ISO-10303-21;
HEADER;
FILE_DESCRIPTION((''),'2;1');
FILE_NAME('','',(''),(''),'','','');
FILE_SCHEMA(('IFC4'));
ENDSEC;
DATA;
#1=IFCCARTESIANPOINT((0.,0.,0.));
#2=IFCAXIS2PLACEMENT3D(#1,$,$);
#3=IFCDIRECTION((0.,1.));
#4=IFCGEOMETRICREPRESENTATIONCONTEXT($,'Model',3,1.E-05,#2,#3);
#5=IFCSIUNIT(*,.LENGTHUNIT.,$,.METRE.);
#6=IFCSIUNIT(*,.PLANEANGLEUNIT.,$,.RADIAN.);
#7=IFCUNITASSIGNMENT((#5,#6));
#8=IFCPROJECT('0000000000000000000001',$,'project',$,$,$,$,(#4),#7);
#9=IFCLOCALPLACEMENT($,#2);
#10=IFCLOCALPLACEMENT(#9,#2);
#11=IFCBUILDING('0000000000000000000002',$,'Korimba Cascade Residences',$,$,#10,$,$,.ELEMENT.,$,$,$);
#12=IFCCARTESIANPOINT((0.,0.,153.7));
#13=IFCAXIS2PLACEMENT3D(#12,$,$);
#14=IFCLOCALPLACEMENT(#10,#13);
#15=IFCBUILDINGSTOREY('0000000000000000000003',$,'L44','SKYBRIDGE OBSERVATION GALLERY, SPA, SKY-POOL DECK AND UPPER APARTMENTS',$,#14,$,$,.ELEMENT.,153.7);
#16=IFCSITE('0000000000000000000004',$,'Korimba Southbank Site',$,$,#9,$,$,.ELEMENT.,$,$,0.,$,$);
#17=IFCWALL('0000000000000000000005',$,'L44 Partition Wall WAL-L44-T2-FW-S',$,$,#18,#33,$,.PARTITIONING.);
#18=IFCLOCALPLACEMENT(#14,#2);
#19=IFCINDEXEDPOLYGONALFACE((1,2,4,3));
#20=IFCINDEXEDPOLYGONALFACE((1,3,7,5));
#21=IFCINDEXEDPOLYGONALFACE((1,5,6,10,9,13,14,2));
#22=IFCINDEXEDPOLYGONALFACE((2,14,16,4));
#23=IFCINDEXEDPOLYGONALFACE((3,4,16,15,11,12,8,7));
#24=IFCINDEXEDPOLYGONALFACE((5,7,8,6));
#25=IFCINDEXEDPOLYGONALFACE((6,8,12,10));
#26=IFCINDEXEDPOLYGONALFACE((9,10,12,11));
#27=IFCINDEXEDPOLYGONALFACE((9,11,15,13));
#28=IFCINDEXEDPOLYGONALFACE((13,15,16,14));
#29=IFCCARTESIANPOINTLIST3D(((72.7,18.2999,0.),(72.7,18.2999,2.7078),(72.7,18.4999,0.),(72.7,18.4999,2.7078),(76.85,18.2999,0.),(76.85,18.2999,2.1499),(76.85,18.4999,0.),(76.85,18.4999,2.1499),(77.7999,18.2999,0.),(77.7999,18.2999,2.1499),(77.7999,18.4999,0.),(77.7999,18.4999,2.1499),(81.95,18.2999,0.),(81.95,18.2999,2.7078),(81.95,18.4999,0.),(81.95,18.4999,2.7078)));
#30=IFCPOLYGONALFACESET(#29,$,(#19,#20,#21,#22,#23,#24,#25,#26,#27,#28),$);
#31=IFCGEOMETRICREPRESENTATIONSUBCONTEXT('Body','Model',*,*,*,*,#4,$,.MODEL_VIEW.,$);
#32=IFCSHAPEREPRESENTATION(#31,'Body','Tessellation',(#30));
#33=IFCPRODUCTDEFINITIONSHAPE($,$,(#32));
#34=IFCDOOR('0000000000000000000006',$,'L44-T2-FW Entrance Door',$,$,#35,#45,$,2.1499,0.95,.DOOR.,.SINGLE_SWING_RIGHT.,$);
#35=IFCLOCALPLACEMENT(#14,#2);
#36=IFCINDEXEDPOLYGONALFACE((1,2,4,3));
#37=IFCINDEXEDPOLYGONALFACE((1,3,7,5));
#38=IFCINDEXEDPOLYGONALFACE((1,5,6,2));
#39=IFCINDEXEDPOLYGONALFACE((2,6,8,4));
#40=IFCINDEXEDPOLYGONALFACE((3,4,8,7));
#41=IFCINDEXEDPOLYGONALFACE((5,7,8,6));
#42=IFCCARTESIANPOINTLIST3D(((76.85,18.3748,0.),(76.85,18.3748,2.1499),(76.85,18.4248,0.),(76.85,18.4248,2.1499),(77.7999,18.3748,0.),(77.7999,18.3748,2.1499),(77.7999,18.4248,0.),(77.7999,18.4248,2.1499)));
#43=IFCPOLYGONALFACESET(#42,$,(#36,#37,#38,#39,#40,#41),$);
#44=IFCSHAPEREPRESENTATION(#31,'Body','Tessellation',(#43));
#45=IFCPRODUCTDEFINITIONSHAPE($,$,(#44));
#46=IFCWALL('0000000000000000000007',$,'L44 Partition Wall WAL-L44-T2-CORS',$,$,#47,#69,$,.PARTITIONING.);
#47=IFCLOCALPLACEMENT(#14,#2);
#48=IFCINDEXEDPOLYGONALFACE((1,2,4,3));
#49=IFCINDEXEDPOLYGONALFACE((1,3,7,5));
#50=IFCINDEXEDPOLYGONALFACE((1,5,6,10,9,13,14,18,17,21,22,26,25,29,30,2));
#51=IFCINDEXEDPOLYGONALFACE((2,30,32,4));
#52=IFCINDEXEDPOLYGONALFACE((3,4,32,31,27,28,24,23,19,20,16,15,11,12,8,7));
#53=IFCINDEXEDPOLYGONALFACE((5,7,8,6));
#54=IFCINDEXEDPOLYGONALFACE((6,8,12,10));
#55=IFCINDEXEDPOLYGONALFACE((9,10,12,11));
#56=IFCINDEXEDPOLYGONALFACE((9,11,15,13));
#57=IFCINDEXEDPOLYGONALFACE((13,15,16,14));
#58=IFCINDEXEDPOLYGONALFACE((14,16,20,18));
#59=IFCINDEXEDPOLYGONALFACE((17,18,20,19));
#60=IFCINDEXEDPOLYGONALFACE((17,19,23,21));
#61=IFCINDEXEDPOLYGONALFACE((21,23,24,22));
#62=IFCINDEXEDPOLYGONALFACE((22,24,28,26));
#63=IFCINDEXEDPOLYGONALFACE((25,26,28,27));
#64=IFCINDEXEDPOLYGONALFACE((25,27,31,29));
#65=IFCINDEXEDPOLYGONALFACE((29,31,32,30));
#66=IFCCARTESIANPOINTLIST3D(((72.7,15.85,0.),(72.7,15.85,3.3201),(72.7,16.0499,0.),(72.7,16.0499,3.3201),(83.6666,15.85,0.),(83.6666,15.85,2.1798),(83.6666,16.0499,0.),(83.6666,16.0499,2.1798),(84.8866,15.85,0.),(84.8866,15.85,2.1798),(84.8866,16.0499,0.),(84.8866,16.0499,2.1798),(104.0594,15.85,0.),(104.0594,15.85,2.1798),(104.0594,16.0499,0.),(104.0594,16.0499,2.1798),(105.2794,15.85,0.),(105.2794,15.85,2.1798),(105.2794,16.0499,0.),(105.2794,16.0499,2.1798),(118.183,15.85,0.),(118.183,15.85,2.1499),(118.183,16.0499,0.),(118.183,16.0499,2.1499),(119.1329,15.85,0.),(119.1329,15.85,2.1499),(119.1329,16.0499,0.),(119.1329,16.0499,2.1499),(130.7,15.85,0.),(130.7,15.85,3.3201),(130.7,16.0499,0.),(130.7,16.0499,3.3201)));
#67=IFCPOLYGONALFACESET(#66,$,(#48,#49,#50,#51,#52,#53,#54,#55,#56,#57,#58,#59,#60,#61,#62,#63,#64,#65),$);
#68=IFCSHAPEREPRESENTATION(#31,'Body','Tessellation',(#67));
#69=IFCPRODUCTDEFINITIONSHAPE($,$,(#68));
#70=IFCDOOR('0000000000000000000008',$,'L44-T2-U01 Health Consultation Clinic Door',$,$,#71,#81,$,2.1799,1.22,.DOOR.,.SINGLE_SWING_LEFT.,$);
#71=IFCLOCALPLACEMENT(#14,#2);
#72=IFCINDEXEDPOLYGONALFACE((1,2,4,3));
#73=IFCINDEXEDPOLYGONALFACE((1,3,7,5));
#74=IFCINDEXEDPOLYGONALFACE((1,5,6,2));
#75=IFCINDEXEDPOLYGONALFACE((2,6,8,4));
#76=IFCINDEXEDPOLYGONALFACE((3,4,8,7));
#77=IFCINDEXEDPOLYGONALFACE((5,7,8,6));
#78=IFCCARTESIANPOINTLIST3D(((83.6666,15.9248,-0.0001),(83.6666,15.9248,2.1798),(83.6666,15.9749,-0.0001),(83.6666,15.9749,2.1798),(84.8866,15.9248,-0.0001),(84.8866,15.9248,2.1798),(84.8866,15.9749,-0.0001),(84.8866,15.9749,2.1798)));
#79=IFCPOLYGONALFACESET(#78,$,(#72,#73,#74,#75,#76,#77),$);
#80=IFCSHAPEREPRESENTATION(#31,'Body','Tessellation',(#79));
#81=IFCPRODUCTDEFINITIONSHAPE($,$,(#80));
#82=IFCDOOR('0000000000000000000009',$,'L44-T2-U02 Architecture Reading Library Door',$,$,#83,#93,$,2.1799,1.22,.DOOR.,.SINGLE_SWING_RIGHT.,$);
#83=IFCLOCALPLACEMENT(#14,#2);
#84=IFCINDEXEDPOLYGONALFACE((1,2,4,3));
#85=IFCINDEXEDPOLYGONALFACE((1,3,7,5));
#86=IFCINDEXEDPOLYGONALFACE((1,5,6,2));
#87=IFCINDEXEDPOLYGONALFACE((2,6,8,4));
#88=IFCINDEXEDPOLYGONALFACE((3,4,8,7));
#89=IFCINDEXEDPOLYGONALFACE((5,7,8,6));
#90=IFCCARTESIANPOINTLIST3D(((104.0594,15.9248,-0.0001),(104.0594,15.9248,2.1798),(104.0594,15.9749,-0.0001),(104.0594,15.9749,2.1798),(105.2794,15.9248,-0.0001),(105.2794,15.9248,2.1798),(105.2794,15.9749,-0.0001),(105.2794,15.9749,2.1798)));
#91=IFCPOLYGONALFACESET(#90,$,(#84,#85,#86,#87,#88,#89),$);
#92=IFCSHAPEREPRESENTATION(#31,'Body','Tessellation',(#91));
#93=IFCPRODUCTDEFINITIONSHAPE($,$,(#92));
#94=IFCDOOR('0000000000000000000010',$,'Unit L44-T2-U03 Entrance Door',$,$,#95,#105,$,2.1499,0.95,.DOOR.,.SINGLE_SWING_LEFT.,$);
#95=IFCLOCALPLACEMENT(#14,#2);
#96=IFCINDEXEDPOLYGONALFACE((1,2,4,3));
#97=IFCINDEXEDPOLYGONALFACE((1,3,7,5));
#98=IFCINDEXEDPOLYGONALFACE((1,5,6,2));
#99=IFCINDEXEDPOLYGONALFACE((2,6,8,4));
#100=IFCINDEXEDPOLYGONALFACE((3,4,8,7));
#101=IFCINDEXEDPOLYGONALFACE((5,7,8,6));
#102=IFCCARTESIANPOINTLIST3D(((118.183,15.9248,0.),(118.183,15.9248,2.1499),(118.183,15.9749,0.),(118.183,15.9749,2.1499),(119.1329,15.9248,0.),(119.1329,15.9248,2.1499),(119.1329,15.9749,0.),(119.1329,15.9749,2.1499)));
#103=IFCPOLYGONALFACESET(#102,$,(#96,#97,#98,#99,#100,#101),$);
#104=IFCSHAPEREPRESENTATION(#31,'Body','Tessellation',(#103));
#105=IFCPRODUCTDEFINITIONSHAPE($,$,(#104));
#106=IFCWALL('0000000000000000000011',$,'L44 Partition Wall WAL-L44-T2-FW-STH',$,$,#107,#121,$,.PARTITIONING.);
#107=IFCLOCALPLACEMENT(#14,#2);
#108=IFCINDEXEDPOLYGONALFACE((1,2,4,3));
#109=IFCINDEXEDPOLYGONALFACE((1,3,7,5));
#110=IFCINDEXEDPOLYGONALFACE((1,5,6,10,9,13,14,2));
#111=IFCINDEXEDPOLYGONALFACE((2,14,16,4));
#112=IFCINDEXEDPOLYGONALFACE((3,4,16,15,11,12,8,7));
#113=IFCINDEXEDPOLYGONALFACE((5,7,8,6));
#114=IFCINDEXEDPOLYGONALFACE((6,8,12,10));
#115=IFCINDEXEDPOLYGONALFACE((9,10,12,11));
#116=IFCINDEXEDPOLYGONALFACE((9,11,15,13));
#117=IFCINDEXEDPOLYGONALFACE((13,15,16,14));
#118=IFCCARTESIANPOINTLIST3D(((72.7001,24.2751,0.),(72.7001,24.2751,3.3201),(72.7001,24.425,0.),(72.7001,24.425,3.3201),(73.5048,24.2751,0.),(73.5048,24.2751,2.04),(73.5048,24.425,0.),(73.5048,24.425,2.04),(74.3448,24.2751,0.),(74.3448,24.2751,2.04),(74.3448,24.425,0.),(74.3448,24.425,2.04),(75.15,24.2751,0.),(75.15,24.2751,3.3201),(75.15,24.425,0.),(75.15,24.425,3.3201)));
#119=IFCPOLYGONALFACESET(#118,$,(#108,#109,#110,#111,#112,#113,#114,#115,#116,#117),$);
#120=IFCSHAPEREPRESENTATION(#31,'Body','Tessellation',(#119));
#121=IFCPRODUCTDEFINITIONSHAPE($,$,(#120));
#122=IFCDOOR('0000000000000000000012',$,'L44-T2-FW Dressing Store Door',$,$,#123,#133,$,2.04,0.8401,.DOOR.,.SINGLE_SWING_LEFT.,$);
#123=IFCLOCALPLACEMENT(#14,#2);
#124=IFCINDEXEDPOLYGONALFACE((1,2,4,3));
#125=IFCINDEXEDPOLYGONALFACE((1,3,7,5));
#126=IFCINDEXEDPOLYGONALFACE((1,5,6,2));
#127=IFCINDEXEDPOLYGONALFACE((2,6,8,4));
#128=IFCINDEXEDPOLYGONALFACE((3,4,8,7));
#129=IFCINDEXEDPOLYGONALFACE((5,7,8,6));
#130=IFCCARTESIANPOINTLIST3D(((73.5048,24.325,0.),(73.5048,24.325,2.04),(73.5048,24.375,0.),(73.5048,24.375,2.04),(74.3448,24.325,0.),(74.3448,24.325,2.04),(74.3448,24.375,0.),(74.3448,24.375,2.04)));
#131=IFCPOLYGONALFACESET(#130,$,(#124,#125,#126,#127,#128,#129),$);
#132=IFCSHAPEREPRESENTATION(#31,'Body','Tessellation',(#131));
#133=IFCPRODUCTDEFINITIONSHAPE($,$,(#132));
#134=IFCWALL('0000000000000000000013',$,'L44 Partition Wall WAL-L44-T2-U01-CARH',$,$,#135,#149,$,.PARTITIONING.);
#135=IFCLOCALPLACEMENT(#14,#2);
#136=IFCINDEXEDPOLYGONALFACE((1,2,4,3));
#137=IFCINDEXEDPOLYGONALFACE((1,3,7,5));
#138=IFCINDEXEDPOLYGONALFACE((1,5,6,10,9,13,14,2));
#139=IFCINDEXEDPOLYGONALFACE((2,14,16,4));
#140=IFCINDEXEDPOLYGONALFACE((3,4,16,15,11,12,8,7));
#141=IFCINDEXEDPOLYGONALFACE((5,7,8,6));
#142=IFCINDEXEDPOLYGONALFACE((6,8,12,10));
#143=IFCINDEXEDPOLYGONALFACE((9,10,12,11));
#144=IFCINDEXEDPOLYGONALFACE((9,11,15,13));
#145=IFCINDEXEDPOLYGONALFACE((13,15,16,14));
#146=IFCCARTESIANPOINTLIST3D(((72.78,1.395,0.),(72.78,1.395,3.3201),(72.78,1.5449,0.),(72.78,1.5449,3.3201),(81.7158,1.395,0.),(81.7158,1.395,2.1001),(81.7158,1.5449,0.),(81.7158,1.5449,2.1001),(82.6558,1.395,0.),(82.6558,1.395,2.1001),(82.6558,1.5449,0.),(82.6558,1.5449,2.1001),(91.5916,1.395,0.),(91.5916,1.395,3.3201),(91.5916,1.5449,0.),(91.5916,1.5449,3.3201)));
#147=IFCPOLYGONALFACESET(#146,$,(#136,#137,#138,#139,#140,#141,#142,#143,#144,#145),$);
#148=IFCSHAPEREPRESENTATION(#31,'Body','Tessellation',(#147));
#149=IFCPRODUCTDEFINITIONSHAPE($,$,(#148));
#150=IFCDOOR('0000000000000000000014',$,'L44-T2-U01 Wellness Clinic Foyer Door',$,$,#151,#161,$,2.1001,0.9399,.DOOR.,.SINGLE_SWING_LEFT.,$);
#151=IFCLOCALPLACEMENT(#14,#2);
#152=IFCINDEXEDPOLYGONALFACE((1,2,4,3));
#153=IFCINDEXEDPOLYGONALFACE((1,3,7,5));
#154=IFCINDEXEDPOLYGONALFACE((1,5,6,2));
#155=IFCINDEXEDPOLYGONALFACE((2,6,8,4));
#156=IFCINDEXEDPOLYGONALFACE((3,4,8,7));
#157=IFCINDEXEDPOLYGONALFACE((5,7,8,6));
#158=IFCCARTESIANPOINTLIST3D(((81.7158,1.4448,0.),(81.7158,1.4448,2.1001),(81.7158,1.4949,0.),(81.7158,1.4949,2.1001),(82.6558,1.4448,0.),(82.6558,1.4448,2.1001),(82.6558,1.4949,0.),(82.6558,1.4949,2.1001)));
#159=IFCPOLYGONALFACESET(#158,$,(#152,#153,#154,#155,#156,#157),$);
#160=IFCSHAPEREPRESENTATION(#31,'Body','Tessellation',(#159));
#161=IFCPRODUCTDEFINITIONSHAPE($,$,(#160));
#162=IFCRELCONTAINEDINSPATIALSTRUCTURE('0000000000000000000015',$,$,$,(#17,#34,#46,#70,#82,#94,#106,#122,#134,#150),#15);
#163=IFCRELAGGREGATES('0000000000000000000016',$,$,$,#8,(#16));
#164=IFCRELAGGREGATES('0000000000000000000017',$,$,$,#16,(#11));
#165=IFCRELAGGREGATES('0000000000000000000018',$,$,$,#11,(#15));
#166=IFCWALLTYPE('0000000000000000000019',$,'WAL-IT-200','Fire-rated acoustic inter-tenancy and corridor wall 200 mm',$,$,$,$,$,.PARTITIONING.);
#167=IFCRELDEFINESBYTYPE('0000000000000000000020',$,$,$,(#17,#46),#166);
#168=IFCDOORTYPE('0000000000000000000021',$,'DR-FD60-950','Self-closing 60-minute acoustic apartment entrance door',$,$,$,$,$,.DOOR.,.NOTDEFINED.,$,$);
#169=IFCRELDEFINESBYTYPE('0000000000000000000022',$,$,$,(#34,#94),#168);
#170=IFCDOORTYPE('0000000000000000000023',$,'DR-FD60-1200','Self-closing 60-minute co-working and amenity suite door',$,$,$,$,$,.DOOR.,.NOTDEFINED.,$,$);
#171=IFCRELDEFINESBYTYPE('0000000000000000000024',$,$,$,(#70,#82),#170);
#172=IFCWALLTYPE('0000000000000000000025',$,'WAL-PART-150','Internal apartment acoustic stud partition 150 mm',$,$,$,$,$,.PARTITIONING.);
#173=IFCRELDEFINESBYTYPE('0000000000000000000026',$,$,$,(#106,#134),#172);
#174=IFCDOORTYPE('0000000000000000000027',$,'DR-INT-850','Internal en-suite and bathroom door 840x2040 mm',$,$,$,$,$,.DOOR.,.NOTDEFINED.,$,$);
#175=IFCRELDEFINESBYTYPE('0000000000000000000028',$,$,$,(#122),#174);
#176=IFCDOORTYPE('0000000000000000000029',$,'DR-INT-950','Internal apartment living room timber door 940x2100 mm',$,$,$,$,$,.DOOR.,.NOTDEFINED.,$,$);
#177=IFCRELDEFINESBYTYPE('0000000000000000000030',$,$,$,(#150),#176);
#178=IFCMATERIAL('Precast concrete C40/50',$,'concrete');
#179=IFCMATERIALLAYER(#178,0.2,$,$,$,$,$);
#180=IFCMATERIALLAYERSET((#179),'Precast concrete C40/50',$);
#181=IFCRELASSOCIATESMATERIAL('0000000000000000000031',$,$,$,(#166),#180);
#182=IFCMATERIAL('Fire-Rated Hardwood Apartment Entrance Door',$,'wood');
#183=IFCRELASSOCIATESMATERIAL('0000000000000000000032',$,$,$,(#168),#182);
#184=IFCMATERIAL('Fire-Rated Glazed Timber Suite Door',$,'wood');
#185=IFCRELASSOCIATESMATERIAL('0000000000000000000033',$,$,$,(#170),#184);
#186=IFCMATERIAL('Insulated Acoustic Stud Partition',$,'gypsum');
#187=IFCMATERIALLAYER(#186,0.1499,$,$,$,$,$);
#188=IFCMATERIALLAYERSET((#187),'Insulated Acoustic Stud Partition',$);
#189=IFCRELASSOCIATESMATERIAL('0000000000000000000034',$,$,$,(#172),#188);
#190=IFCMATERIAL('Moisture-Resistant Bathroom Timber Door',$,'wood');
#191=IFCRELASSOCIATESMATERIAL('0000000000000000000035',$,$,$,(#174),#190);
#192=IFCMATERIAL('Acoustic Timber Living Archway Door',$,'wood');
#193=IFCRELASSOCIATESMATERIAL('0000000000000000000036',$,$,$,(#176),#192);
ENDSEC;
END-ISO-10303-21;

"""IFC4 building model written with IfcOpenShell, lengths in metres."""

from ifc_helpers import new_model, si_unit, direction, frame, frame_2d, origin, place, context, subcontext, project, spatial, rectangle, extrude, material, layer, layer_set, type_object, element, fill, save


model = new_model("IFC4")

# Units and contexts
model_context = context("Model", 3, precision=1e-05, world=origin(), true_north=direction((0.0, 1.0)))
body_context = subcontext(model_context, "Body", "Model", "MODEL_VIEW")
ifc_project = project(units=[si_unit("LENGTHUNIT", "METRE"), si_unit("PLANEANGLEUNIT", "RADIAN")], contexts=[model_context])

# Site, building, storey
site_placement = place(None, origin())
site = spatial("IfcSite", under=ifc_project, at=site_placement, Name="Korimba Southbank Site", CompositionType="ELEMENT", RefElevation=0.0)
building_placement = place(site_placement, origin())
building = spatial("IfcBuilding", under=site, at=building_placement, Name="Korimba Cascade Residences", CompositionType="ELEMENT")
storey_placement = place(building_placement, frame((0.0, 0.0, 153.7)))
storey = spatial("IfcBuildingStorey", under=building, at=storey_placement, Name="L44", Description="SKYBRIDGE OBSERVATION GALLERY, SPA, SKY-POOL DECK AND UPPER APARTMENTS", CompositionType="ELEMENT", Elevation=153.7)

# Shared definitions
ifc_material_1 = material(Name="Precast concrete C40/50", Category="concrete")
ifc_layer_1 = layer(ifc_material_1, 0.2)
ifc_layer_set_1 = layer_set([ifc_layer_1], Name="Precast concrete C40/50")
wall_type_1 = type_object("IfcWallType", Name="WAL-IT-200", Description="Fire-rated acoustic inter-tenancy and corridor wall 200 mm", PredefinedType="PARTITIONING", material=ifc_layer_set_1)

# Wall, opening, door
wall_1_placement = place(storey_placement, frame((72.7, 18.3999, 0.0), z_axis=(0.0, 0.0, 1.0), x_axis=(1.0, 0.0, 0.0)))
wall_1 = element("IfcWall", 1, at=wall_1_placement, inside=storey, type_object=wall_type_1, Name="L44 Partition Wall WAL-L44-T2-FW-S", PredefinedType="PARTITIONING", context=body_context, shape_type="SweptSolid", body=[
    extrude(rectangle(XDim=9.25, YDim=0.2, at=frame_2d((4.625, 0.0))), origin(), (0.0, 0.0, 1.0), 2.7078),
])
opening_1_placement = place(wall_1_placement, frame((4.1499, 0.0, 0.0)))
opening_1 = element("IfcOpeningElement", 2, at=opening_1_placement, cuts=wall_1, PredefinedType="OPENING", context=body_context, shape_type="SweptSolid", body=[
    extrude(rectangle(XDim=0.95, YDim=2.1499, at=frame_2d((0.4751, 1.075))), frame((0.0, 0.1099, 0.0), z_axis=(0.0, -1.0, 0.0), x_axis=(1.0, 0.0, 0.0)), (0.0, 0.0, 1.0), 0.22),
])
ifc_material_2 = material(Name="Fire-Rated Hardwood Apartment Entrance Door", Category="wood")
door_type_1 = type_object("IfcDoorType", Name="DR-FD60-950", Description="Self-closing 60-minute acoustic apartment entrance door", OperationType="NOTDEFINED", PredefinedType="DOOR", material=ifc_material_2)
door_1_placement = place(opening_1_placement, origin())
door_1 = element("IfcDoor", 3, at=door_1_placement, inside=storey, type_object=door_type_1, Name="L44-T2-FW Entrance Door", OperationType="SINGLE_SWING_RIGHT", OverallHeight=2.1499, OverallWidth=0.95, PredefinedType="DOOR", context=body_context, shape_type="SweptSolid", body=[
    extrude(rectangle(XDim=0.95, YDim=2.1499, at=frame_2d((0.4751, 1.075))), frame((0.0, 0.0249, 0.0), z_axis=(0.0, -1.0, 0.0), x_axis=(1.0, 0.0, 0.0)), (0.0, 0.0, 1.0), 0.05),
])
fill(opening_1, door_1)

# Wall, openings, doors
wall_2_placement = place(storey_placement, frame((72.7, 15.95, 0.0), z_axis=(0.0, 0.0, 1.0), x_axis=(1.0, 0.0, 0.0)))
wall_2 = element("IfcWall", 4, at=wall_2_placement, inside=storey, type_object=wall_type_1, Name="L44 Partition Wall WAL-L44-T2-CORS", PredefinedType="PARTITIONING", context=body_context, shape_type="SweptSolid", body=[
    extrude(rectangle(XDim=58.0, YDim=0.2, at=frame_2d((29.0, 0.0))), origin(), (0.0, 0.0, 1.0), 3.3201),
])
opening_2_placement = place(wall_2_placement, frame((10.9668, 0.0, 0.0)))
opening_2 = element("IfcOpeningElement", 5, at=opening_2_placement, cuts=wall_2, PredefinedType="OPENING", context=body_context, shape_type="SweptSolid", body=[
    extrude(rectangle(XDim=1.22, YDim=2.1799, at=frame_2d((0.6099, 1.0898))), frame((0.0, 0.1099, 0.0), z_axis=(0.0, -1.0, 0.0), x_axis=(1.0, 0.0, 0.0)), (0.0, 0.0, 1.0), 0.22),
])
opening_3_placement = place(wall_2_placement, frame((31.3596, 0.0, 0.0)))
opening_3 = element("IfcOpeningElement", 6, at=opening_3_placement, cuts=wall_2, PredefinedType="OPENING", context=body_context, shape_type="SweptSolid", body=[
    extrude(rectangle(XDim=1.22, YDim=2.1799, at=frame_2d((0.6099, 1.0898))), frame((0.0, 0.1099, 0.0), z_axis=(0.0, -1.0, 0.0), x_axis=(1.0, 0.0, 0.0)), (0.0, 0.0, 1.0), 0.22),
])
opening_4_placement = place(wall_2_placement, frame((45.4829, 0.0, 0.0)))
opening_4 = element("IfcOpeningElement", 7, at=opening_4_placement, cuts=wall_2, PredefinedType="OPENING", context=body_context, shape_type="SweptSolid", body=[
    extrude(rectangle(XDim=0.95, YDim=2.1499, at=frame_2d((0.4751, 1.075))), frame((0.0, 0.1099, 0.0), z_axis=(0.0, -1.0, 0.0), x_axis=(1.0, 0.0, 0.0)), (0.0, 0.0, 1.0), 0.22),
])
ifc_material_3 = material(Name="Fire-Rated Glazed Timber Suite Door", Category="wood")
door_type_2 = type_object("IfcDoorType", Name="DR-FD60-1200", Description="Self-closing 60-minute co-working and amenity suite door", OperationType="NOTDEFINED", PredefinedType="DOOR", material=ifc_material_3)
door_2_placement = place(opening_2_placement, origin())
door_2 = element("IfcDoor", 8, at=door_2_placement, inside=storey, type_object=door_type_2, Name="L44-T2-U01 Health Consultation Clinic Door", OperationType="SINGLE_SWING_LEFT", OverallHeight=2.1799, OverallWidth=1.22, PredefinedType="DOOR", context=body_context, shape_type="SweptSolid", body=[
    extrude(rectangle(XDim=1.22, YDim=2.1799, at=frame_2d((0.6099, 1.0898))), frame((0.0, 0.0249, 0.0), z_axis=(0.0, -1.0, 0.0), x_axis=(1.0, 0.0, 0.0)), (0.0, 0.0, 1.0), 0.05),
])
fill(opening_2, door_2)
door_3_placement = place(opening_3_placement, origin())
door_3 = element("IfcDoor", 9, at=door_3_placement, inside=storey, type_object=door_type_2, Name="L44-T2-U02 Architecture Reading Library Door", OperationType="SINGLE_SWING_RIGHT", OverallHeight=2.1799, OverallWidth=1.22, PredefinedType="DOOR", context=body_context, shape_type="SweptSolid", body=[
    extrude(rectangle(XDim=1.22, YDim=2.1799, at=frame_2d((0.6099, 1.0898))), frame((0.0, 0.0249, 0.0), z_axis=(0.0, -1.0, 0.0), x_axis=(1.0, 0.0, 0.0)), (0.0, 0.0, 1.0), 0.05),
])
fill(opening_3, door_3)
door_4_placement = place(opening_4_placement, origin())
door_4 = element("IfcDoor", 10, at=door_4_placement, inside=storey, type_object=door_type_1, Name="Unit L44-T2-U03 Entrance Door", OperationType="SINGLE_SWING_LEFT", OverallHeight=2.1499, OverallWidth=0.95, PredefinedType="DOOR", context=body_context, shape_type="SweptSolid", body=[
    extrude(rectangle(XDim=0.95, YDim=2.1499, at=frame_2d((0.4751, 1.075))), frame((0.0, 0.0249, 0.0), z_axis=(0.0, -1.0, 0.0), x_axis=(1.0, 0.0, 0.0)), (0.0, 0.0, 1.0), 0.05),
])
fill(opening_4, door_4)

# Walls, openings, doors
ifc_material_4 = material(Name="Insulated Acoustic Stud Partition", Category="gypsum")
ifc_layer_2 = layer(ifc_material_4, 0.1499)
ifc_layer_set_2 = layer_set([ifc_layer_2], Name="Insulated Acoustic Stud Partition")
wall_type_2 = type_object("IfcWallType", Name="WAL-PART-150", Description="Internal apartment acoustic stud partition 150 mm", PredefinedType="PARTITIONING", material=ifc_layer_set_2)
wall_3_placement = place(storey_placement, frame((72.7, 24.3501, 0.0), z_axis=(0.0, 0.0, 1.0), x_axis=(1.0, 0.0, 0.0)))
wall_3 = element("IfcWall", 11, at=wall_3_placement, inside=storey, type_object=wall_type_2, Name="L44 Partition Wall WAL-L44-T2-FW-STH", PredefinedType="PARTITIONING", context=body_context, shape_type="SweptSolid", body=[
    extrude(rectangle(XDim=2.45, YDim=0.1499, at=frame_2d((1.2251, 0.0))), origin(), (0.0, 0.0, 1.0), 3.3201),
])
opening_5_placement = place(wall_3_placement, frame((0.8049, 0.0, 0.0)))
opening_5 = element("IfcOpeningElement", 12, at=opening_5_placement, cuts=wall_3, PredefinedType="OPENING", context=body_context, shape_type="SweptSolid", body=[
    extrude(rectangle(XDim=0.8401, YDim=2.04, at=frame_2d((0.4199, 1.02))), frame((0.0, 0.085, 0.0), z_axis=(0.0, -1.0, 0.0), x_axis=(1.0, 0.0, 0.0)), (0.0, 0.0, 1.0), 0.1699),
])
ifc_material_5 = material(Name="Moisture-Resistant Bathroom Timber Door", Category="wood")
door_type_3 = type_object("IfcDoorType", Name="DR-INT-850", Description="Internal en-suite and bathroom door 840x2040 mm", OperationType="NOTDEFINED", PredefinedType="DOOR", material=ifc_material_5)
door_5_placement = place(opening_5_placement, origin())
door_5 = element("IfcDoor", 13, at=door_5_placement, inside=storey, type_object=door_type_3, Name="L44-T2-FW Dressing Store Door", OperationType="SINGLE_SWING_LEFT", OverallHeight=2.04, OverallWidth=0.8401, PredefinedType="DOOR", context=body_context, shape_type="SweptSolid", body=[
    extrude(rectangle(XDim=0.8401, YDim=2.04, at=frame_2d((0.4199, 1.02))), frame((0.0, 0.0249, 0.0), z_axis=(0.0, -1.0, 0.0), x_axis=(1.0, 0.0, 0.0)), (0.0, 0.0, 1.0), 0.05),
])
fill(opening_5, door_5)
wall_4_placement = place(storey_placement, frame((72.78, 1.47, 0.0), z_axis=(0.0, 0.0, 1.0), x_axis=(1.0, 0.0, 0.0)))
wall_4 = element("IfcWall", 14, at=wall_4_placement, inside=storey, type_object=wall_type_2, Name="L44 Partition Wall WAL-L44-T2-U01-CARH", PredefinedType="PARTITIONING", context=body_context, shape_type="SweptSolid", body=[
    extrude(rectangle(XDim=18.8115, YDim=0.1499, at=frame_2d((9.4058, 0.0))), origin(), (0.0, 0.0, 1.0), 3.3201),
])
opening_6_placement = place(wall_4_placement, frame((8.9358, 0.0, 0.0)))
opening_6 = element("IfcOpeningElement", 15, at=opening_6_placement, cuts=wall_4, PredefinedType="OPENING", context=body_context, shape_type="SweptSolid", body=[
    extrude(rectangle(XDim=0.9399, YDim=2.1001, at=frame_2d((0.47, 1.05))), frame((0.0, 0.085, 0.0), z_axis=(0.0, -1.0, 0.0), x_axis=(1.0, 0.0, 0.0)), (0.0, 0.0, 1.0), 0.1699),
])
ifc_material_6 = material(Name="Acoustic Timber Living Archway Door", Category="wood")
door_type_4 = type_object("IfcDoorType", Name="DR-INT-950", Description="Internal apartment living room timber door 940x2100 mm", OperationType="NOTDEFINED", PredefinedType="DOOR", material=ifc_material_6)
door_6_placement = place(opening_6_placement, origin())
door_6 = element("IfcDoor", 16, at=door_6_placement, inside=storey, type_object=door_type_4, Name="L44-T2-U01 Wellness Clinic Foyer Door", OperationType="SINGLE_SWING_LEFT", OverallHeight=2.1001, OverallWidth=0.9399, PredefinedType="DOOR", context=body_context, shape_type="SweptSolid", body=[
    extrude(rectangle(XDim=0.9399, YDim=2.1001, at=frame_2d((0.47, 1.05))), frame((0.0, 0.0249, 0.0), z_axis=(0.0, -1.0, 0.0), x_axis=(1.0, 0.0, 0.0)), (0.0, 0.0, 1.0), 0.05),
])
fill(opening_6, door_6)

save(model, "model.ifc")
